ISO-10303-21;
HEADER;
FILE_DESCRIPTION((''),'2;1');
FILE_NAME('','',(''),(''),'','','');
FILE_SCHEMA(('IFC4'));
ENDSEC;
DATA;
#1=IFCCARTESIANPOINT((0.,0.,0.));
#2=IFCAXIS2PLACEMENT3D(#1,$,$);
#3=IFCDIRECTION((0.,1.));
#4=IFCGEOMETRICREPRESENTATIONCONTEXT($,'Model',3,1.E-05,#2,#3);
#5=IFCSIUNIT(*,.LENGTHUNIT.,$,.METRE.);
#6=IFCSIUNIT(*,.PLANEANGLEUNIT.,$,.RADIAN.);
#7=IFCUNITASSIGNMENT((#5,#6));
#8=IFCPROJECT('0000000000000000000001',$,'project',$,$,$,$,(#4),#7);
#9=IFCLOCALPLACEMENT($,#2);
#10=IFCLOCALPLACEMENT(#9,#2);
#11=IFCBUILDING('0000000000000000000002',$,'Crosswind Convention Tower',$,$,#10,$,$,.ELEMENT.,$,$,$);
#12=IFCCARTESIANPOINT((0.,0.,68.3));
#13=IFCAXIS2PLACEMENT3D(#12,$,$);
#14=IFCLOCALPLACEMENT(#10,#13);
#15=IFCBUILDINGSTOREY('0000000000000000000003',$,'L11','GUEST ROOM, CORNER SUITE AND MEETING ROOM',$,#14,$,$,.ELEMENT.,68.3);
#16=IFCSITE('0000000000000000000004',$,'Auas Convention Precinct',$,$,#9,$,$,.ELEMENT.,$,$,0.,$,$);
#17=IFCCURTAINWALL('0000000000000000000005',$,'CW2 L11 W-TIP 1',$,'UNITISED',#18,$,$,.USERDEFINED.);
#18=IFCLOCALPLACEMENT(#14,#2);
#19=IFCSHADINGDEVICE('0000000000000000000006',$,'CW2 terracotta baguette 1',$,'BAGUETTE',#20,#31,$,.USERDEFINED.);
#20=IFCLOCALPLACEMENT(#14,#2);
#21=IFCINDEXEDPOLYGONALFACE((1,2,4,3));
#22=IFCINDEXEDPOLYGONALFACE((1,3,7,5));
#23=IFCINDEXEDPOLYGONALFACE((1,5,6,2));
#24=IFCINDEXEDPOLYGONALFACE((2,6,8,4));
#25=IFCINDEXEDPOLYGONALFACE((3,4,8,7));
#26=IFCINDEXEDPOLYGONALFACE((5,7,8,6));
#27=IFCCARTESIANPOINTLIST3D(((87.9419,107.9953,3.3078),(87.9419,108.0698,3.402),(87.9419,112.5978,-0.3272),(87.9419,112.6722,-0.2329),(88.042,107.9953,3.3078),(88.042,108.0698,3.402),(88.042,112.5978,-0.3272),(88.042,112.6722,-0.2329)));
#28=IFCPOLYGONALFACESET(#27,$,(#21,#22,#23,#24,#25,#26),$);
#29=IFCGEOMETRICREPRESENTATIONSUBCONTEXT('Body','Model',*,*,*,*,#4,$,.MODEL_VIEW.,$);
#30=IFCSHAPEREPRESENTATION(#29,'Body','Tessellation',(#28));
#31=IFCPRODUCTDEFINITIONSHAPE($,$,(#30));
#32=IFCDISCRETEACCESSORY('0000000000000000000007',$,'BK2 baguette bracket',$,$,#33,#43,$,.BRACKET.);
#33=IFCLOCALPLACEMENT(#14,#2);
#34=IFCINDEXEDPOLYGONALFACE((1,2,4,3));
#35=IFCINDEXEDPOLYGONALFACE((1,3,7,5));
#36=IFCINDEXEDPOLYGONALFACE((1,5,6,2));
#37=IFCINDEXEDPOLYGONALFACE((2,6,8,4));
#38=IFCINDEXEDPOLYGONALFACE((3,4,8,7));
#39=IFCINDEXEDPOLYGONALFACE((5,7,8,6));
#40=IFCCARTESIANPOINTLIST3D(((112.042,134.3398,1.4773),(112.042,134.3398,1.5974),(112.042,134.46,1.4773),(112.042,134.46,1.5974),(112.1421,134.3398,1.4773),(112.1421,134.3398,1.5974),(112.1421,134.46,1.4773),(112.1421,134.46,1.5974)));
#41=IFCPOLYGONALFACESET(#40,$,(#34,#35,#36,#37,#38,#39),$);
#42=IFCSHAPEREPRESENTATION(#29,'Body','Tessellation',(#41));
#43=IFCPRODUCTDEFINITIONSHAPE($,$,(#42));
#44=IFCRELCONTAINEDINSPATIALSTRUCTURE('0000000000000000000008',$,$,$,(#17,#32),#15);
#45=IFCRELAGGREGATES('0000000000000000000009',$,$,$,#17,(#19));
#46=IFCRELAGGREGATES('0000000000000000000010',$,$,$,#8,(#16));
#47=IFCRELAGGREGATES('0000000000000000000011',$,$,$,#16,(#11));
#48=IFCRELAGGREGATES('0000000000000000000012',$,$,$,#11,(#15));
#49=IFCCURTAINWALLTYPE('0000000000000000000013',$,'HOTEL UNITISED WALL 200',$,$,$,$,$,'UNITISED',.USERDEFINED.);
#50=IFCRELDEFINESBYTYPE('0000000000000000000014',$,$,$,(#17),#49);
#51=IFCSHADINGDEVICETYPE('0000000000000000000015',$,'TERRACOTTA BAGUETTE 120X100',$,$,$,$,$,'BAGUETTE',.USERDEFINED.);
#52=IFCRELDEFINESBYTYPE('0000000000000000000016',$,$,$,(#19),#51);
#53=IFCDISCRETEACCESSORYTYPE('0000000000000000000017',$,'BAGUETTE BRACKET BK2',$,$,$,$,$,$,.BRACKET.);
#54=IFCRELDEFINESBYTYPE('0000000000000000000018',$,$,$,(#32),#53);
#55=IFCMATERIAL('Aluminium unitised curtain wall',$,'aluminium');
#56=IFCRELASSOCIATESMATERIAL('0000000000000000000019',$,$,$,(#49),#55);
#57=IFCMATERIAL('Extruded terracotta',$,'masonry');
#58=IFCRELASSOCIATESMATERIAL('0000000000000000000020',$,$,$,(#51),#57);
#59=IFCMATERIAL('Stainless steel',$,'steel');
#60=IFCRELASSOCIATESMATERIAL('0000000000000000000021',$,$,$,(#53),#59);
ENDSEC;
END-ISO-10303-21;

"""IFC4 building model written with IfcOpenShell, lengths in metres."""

from ifc_helpers import new_model, si_unit, direction, frame, origin, origin_2d, place, context, subcontext, project, spatial, rectangle, extrude, material, material_profile, profile_set, type_object, element, aggregate, save


model = new_model("IFC4")

# Units and contexts
model_context = context("Model", 3, precision=1e-05, world=origin(), true_north=direction((0.0, 1.0)))
body_context = subcontext(model_context, "Body", "Model", "MODEL_VIEW")
ifc_project = project(units=[si_unit("LENGTHUNIT", "METRE"), si_unit("PLANEANGLEUNIT", "RADIAN")], contexts=[model_context])

# Site, building, storey
site_placement = place(None, origin())
site = spatial("IfcSite", under=ifc_project, at=site_placement, Name="Auas Convention Precinct", CompositionType="ELEMENT", RefElevation=0.0)
building_placement = place(site_placement, origin())
building = spatial("IfcBuilding", under=site, at=building_placement, Name="Crosswind Convention Tower", CompositionType="ELEMENT")
storey_placement = place(building_placement, frame((0.0, 0.0, 68.3)))
storey = spatial("IfcBuildingStorey", under=building, at=storey_placement, Name="L11", Description="GUEST ROOM, CORNER SUITE AND MEETING ROOM", CompositionType="ELEMENT", Elevation=68.3)

# Shared definitions
ifc_material_1 = material(Name="Aluminium unitised curtain wall", Category="aluminium")

# Shared definitions
curtain_wall_type_1 = type_object("IfcCurtainWallType", Name="HOTEL UNITISED WALL 200", ElementType="UNITISED", PredefinedType="USERDEFINED", material=ifc_material_1)

# Curtain wall
curtain_wall_1_placement = place(storey_placement, origin())
curtain_wall_1 = element("IfcCurtainWall", 1, at=curtain_wall_1_placement, inside=storey, type_object=curtain_wall_type_1, Name="CW2 L11 W-TIP 1", ObjectType="UNITISED", PredefinedType="USERDEFINED")

# Shading device
ifc_material_2 = material(Name="Extruded terracotta", Category="masonry")
ifc_material_profile_1 = material_profile(ifc_material_2, rectangle(XDim=0.1001, YDim=0.1201, at=origin_2d()), Name="TC 100X120")
ifc_profile_set_1 = profile_set([ifc_material_profile_1], Name="Extruded terracotta")
shading_device_type = type_object("IfcShadingDeviceType", Name="TERRACOTTA BAGUETTE 120X100", ElementType="BAGUETTE", PredefinedType="USERDEFINED", material=ifc_profile_set_1)
shading_device_1_placement = place(storey_placement, frame((87.9919, 112.635, -0.28), z_axis=(0.0, -0.784764, 0.619794), x_axis=(1.0, 0.0, 0.0)))
shading_device_1 = element("IfcShadingDevice", 2, at=shading_device_1_placement, type_object=shading_device_type, Name="CW2 terracotta baguette 1", ObjectType="BAGUETTE", PredefinedType="USERDEFINED", context=body_context, shape_type="SweptSolid", body=[
    extrude(rectangle(XDim=0.1001, YDim=0.1201, at=origin_2d()), origin(), (0.0, 0.0, 1.0), 5.8647),
])
aggregate(curtain_wall_1, [shading_device_1])

# Discrete accessory
ifc_material_3 = material(Name="Stainless steel", Category="steel")
discrete_accessory_type = type_object("IfcDiscreteAccessoryType", Name="BAGUETTE BRACKET BK2", PredefinedType="BRACKET", material=ifc_material_3)
discrete_accessory_placement = place(storey_placement, frame((112.092, 134.3999, 1.4773), z_axis=(0.0, 0.0, 1.0), x_axis=(0.0, -1.0, 0.0)))
element("IfcDiscreteAccessory", 3, at=discrete_accessory_placement, inside=storey, type_object=discrete_accessory_type, Name="BK2 baguette bracket", PredefinedType="BRACKET", context=body_context, shape_type="SweptSolid", body=[
    extrude(rectangle(XDim=0.1201, YDim=0.1001, at=origin_2d()), origin(), (0.0, 0.0, 1.0), 0.1201),
])

save(model, "model.ifc")
